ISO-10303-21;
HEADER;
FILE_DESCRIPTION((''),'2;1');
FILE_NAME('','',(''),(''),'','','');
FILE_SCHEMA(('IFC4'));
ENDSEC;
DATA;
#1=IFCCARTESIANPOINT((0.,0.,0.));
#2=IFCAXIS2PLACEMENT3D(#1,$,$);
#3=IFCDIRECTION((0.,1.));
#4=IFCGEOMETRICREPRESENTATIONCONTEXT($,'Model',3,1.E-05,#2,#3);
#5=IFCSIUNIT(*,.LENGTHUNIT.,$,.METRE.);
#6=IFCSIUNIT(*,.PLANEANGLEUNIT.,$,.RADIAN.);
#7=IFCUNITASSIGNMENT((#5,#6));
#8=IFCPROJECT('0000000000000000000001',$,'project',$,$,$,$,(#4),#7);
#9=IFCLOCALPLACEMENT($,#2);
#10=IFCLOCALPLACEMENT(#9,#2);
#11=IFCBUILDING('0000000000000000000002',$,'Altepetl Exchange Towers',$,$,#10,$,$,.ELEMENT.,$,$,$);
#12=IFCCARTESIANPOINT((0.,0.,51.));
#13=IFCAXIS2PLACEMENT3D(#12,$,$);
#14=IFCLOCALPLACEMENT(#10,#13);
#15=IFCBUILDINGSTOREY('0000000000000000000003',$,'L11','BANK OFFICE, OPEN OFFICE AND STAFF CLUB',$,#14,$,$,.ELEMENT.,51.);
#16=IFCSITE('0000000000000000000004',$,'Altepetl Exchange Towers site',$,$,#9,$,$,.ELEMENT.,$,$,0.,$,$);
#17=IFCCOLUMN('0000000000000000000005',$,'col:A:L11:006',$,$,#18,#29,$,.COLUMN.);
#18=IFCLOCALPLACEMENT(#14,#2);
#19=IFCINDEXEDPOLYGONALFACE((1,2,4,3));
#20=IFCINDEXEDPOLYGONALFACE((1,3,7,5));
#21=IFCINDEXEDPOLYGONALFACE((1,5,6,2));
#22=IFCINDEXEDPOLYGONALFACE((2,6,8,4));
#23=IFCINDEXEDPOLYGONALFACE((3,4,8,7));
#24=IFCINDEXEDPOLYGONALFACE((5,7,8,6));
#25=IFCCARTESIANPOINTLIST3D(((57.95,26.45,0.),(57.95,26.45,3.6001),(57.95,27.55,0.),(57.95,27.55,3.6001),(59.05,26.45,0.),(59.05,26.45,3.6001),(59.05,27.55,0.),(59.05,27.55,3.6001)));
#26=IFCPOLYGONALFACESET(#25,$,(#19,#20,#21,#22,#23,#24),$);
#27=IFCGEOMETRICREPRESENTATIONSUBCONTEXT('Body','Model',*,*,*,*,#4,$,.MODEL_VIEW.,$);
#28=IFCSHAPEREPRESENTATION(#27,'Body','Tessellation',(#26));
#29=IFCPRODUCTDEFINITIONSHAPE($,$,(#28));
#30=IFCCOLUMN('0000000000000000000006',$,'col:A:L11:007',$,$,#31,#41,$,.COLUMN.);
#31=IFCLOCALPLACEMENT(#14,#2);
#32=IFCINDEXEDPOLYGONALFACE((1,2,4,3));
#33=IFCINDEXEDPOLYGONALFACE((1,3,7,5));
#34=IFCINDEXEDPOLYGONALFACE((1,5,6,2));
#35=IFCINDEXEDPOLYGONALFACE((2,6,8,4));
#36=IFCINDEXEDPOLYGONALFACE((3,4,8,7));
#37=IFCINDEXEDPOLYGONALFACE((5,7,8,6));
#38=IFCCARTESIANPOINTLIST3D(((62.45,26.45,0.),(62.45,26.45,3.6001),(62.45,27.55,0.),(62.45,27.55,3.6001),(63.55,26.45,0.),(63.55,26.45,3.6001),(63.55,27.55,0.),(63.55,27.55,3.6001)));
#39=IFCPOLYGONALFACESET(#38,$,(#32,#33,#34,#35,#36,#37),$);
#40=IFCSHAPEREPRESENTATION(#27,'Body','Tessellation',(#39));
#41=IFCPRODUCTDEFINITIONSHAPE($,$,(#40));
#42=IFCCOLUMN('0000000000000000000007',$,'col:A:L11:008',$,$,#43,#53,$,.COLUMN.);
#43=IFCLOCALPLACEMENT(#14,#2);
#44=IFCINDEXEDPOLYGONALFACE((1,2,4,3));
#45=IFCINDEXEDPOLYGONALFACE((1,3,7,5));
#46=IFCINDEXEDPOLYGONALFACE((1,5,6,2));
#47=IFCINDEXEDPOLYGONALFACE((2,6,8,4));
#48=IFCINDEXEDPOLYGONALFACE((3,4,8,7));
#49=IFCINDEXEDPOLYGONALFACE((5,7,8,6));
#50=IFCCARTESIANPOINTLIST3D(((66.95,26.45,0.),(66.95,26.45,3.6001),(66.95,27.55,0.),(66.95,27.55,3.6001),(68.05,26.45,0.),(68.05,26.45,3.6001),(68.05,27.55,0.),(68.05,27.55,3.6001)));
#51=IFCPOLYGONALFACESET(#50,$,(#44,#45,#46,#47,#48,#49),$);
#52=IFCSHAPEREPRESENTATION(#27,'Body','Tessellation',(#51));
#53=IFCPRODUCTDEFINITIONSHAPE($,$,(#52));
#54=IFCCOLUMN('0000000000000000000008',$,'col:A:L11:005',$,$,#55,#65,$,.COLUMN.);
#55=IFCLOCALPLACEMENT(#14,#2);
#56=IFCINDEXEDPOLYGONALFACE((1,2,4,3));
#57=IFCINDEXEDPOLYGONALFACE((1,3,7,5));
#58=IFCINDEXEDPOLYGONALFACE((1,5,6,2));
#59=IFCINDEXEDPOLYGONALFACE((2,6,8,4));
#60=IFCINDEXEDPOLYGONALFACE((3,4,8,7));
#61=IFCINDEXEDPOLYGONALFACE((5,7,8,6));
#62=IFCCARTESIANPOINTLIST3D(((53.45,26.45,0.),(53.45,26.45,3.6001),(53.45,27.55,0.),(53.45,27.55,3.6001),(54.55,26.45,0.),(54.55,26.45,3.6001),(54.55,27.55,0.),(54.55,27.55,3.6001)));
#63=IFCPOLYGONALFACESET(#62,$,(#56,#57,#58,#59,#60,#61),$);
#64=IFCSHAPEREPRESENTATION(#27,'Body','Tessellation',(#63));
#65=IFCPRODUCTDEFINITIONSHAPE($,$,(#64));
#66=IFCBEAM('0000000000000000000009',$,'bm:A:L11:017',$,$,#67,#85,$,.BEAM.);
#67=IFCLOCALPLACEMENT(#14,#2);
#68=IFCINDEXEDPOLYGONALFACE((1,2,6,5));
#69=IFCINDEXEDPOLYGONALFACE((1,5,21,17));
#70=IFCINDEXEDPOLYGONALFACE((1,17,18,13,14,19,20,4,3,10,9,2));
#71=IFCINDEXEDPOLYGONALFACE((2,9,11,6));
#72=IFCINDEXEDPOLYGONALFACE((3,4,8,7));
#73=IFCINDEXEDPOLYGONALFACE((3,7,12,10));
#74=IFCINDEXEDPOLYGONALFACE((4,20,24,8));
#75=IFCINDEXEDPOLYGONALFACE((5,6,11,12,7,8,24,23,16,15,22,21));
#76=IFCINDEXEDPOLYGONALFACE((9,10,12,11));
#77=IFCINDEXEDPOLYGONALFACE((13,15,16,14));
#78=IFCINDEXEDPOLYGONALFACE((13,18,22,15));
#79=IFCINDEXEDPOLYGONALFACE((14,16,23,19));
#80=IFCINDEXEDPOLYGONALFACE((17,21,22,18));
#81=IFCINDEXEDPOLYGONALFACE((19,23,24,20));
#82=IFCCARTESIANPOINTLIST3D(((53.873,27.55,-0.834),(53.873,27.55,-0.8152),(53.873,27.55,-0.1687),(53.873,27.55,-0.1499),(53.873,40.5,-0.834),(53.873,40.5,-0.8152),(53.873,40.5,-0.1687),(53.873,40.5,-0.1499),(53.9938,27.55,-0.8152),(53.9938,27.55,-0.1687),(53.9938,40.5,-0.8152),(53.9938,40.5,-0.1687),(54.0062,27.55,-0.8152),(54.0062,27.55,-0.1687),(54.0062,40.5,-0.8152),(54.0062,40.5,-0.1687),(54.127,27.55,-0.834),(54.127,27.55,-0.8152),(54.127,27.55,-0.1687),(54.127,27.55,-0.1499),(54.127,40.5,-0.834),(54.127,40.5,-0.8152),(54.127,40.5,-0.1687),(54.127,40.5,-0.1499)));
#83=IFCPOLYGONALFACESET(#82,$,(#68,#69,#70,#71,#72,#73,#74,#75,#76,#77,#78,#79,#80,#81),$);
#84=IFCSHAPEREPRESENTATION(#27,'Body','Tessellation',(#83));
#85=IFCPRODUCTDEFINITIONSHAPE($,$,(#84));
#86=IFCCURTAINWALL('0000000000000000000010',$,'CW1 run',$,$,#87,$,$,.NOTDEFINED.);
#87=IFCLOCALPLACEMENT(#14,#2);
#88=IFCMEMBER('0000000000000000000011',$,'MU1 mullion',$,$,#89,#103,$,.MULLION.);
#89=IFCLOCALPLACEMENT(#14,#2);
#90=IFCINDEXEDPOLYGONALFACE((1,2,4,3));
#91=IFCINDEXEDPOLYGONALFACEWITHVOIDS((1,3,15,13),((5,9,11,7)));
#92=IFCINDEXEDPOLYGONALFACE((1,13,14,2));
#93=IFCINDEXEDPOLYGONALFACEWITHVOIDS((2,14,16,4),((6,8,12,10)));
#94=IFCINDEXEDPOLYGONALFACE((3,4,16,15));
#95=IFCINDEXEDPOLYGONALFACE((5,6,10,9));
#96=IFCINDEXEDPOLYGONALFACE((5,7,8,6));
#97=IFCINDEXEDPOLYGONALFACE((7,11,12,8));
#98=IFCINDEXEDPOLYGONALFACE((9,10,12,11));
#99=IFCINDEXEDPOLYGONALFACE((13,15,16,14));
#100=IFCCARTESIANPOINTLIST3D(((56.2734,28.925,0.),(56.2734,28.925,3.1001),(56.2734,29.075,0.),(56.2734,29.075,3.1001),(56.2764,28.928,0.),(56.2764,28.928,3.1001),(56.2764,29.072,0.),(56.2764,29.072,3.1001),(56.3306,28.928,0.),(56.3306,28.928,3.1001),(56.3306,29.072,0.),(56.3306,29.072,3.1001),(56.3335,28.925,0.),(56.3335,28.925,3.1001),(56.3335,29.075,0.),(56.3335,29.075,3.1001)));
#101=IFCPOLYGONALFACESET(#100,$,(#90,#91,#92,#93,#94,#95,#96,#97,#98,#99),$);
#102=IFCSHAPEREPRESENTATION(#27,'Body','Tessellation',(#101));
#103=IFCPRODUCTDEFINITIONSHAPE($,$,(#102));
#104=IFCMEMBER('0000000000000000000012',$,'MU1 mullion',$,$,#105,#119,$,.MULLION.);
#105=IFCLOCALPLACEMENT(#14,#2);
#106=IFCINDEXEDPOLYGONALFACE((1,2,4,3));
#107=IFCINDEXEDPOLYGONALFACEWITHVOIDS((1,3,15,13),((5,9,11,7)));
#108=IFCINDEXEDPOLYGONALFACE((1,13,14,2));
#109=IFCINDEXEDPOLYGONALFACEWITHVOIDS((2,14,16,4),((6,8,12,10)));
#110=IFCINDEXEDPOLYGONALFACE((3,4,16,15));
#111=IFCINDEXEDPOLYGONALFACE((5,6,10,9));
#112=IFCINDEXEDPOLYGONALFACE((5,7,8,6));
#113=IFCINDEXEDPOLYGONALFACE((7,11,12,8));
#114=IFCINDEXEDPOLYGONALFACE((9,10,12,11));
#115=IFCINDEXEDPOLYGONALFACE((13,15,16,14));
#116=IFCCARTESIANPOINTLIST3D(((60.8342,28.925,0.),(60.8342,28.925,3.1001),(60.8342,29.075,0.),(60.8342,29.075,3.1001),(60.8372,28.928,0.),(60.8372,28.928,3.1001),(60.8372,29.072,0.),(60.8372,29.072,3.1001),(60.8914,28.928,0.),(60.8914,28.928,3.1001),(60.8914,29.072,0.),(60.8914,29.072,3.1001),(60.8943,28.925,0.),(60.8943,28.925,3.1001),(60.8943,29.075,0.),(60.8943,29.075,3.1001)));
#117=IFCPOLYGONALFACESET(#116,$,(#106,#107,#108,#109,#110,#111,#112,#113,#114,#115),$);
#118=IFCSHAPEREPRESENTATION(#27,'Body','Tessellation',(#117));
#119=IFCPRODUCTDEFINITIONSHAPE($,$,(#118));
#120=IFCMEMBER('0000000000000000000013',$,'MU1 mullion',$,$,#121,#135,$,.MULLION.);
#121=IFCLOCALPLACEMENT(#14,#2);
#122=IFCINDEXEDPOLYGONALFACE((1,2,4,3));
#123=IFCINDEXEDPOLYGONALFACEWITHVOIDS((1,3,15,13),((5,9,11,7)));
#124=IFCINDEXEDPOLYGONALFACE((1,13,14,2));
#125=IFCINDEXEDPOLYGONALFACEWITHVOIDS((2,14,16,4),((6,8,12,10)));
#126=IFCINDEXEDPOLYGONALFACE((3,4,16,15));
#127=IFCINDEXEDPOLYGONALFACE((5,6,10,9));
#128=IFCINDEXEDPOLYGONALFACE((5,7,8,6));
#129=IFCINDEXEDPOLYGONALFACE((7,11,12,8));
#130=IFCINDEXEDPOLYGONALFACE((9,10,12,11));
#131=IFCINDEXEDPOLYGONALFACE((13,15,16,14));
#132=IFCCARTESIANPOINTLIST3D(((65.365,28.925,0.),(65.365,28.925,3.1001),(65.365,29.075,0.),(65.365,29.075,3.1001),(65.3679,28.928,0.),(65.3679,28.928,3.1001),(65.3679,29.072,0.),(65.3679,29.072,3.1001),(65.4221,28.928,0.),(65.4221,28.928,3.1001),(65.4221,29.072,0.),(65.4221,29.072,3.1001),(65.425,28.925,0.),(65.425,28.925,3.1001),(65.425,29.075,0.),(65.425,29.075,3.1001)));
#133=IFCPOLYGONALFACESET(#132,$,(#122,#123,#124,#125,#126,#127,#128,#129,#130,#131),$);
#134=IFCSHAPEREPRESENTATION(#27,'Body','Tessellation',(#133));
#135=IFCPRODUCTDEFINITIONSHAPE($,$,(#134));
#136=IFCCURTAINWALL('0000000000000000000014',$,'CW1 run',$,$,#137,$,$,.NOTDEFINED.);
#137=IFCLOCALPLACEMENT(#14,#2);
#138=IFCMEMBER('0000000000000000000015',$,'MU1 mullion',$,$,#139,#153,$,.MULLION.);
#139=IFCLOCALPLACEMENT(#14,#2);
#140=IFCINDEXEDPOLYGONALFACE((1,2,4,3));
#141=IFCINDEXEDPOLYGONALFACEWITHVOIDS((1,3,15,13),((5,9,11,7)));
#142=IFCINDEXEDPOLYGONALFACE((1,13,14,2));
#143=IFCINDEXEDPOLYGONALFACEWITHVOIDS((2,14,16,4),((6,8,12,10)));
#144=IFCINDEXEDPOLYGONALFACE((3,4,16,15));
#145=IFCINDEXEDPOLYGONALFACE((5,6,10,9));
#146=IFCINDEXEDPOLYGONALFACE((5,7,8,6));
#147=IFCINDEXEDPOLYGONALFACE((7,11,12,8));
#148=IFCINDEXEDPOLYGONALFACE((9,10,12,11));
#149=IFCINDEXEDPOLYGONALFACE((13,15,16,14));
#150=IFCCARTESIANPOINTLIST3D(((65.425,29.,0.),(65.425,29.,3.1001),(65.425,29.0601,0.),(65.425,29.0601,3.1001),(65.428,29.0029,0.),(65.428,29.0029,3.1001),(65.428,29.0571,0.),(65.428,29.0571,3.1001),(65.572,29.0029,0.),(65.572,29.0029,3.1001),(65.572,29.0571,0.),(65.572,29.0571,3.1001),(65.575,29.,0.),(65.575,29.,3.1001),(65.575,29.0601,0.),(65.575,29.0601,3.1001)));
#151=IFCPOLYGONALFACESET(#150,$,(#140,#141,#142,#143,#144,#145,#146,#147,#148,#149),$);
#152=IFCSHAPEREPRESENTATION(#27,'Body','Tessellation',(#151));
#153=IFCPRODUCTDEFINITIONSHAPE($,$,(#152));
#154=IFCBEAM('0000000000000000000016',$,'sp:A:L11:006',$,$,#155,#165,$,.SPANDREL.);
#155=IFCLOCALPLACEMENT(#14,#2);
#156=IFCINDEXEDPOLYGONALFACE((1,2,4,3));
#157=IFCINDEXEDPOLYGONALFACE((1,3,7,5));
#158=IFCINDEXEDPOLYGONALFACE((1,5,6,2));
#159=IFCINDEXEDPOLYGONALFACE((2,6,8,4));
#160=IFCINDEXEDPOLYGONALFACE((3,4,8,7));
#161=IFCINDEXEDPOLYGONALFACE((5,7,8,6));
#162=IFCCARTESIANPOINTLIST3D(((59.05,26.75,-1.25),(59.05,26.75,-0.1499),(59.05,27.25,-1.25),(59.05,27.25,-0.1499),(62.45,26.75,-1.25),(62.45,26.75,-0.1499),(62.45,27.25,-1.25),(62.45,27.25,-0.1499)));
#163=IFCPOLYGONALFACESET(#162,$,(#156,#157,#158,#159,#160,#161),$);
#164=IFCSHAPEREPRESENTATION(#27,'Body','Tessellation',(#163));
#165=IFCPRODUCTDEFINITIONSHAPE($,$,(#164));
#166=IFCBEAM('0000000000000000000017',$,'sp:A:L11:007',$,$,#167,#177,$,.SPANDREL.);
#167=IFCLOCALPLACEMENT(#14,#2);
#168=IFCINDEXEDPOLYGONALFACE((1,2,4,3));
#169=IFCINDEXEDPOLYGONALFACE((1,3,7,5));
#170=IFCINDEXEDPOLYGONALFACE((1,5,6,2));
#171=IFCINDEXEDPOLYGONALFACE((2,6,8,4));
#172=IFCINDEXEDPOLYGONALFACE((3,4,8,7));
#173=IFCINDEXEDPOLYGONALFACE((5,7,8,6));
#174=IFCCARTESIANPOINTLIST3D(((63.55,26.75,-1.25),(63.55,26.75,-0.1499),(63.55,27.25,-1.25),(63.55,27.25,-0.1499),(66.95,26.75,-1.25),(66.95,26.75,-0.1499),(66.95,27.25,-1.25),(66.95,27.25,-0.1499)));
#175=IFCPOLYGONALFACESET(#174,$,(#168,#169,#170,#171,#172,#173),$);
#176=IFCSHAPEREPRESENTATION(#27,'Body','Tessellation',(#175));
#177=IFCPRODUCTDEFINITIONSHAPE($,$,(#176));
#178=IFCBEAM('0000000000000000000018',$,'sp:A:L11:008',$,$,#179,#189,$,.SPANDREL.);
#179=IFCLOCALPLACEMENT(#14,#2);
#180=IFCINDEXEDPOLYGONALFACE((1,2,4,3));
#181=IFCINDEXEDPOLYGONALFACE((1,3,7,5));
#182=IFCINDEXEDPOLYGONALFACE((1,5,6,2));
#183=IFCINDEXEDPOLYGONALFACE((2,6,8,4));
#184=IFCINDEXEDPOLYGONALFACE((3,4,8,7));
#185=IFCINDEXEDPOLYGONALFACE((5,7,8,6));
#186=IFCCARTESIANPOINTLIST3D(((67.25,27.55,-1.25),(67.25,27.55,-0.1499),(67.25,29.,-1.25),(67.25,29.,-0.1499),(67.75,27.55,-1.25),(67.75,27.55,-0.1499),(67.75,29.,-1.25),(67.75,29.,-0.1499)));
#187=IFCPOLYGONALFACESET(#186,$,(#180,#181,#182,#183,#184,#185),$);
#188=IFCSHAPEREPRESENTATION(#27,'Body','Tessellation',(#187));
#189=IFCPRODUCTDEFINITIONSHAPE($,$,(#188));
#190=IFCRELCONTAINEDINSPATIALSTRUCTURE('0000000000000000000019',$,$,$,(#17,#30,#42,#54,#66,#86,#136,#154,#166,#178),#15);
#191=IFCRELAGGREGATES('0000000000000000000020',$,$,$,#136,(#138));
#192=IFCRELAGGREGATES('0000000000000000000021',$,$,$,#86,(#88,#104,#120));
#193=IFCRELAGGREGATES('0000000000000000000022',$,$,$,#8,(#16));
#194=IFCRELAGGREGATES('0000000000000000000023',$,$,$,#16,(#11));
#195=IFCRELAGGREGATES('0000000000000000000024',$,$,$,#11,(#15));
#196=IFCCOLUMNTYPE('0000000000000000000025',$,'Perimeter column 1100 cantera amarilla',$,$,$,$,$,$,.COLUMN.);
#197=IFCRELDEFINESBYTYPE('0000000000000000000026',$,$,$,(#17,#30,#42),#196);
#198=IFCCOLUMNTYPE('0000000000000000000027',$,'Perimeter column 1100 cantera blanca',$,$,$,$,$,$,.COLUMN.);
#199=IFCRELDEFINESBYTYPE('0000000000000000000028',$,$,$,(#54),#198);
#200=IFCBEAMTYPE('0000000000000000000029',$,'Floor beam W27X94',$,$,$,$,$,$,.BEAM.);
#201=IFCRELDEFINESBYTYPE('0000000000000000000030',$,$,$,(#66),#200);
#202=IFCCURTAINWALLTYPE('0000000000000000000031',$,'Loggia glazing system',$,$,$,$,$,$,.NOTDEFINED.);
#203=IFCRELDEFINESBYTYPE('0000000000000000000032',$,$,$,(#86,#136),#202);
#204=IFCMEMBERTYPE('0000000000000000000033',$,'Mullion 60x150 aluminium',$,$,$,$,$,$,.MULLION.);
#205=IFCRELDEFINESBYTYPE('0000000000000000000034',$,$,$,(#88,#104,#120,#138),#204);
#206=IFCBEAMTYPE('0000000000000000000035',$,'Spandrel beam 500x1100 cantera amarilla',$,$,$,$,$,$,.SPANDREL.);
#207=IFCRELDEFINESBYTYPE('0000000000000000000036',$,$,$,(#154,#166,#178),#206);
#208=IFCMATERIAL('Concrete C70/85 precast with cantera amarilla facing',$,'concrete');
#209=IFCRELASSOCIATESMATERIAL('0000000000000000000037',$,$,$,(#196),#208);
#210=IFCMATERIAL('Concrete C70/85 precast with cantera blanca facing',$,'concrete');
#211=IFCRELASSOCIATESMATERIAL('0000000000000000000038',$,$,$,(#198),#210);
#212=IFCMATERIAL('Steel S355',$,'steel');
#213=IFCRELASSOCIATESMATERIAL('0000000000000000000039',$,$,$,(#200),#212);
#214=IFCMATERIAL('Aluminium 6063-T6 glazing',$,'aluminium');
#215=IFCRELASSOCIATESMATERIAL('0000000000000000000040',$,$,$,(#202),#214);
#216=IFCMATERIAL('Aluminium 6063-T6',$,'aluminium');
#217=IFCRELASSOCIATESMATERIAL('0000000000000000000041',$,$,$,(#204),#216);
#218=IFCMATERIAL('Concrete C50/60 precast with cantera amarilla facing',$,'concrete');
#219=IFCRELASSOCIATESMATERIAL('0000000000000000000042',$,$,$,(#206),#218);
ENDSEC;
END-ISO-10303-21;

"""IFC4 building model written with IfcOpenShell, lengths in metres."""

from ifc_helpers import new_model, si_unit, direction, frame, origin, origin_2d, place, context, subcontext, project, spatial, rectangle, hollow_rectangle, i_section, extrude, material, material_profile, profile_set, type_object, element, aggregate, save


model = new_model("IFC4")

# Units and contexts
model_context = context("Model", 3, precision=1e-05, world=origin(), true_north=direction((0.0, 1.0)))
body_context = subcontext(model_context, "Body", "Model", "MODEL_VIEW")
ifc_project = project(units=[si_unit("LENGTHUNIT", "METRE"), si_unit("PLANEANGLEUNIT", "RADIAN")], contexts=[model_context])

# Site, building, storey
site_placement = place(None, origin())
site = spatial("IfcSite", under=ifc_project, at=site_placement, Name="Altepetl Exchange Towers site", CompositionType="ELEMENT", RefElevation=0.0)
building_placement = place(site_placement, origin())
building = spatial("IfcBuilding", under=site, at=building_placement, Name="Altepetl Exchange Towers", CompositionType="ELEMENT")
storey_placement = place(building_placement, frame((0.0, 0.0, 51.0)))
storey = spatial("IfcBuildingStorey", under=building, at=storey_placement, Name="L11", Description="BANK OFFICE, OPEN OFFICE AND STAFF CLUB", CompositionType="ELEMENT", Elevation=51.0)

# Columns
ifc_material_1 = material(Name="Concrete C70/85 precast with cantera amarilla facing", Category="concrete")
ifc_material_profile_1 = material_profile(ifc_material_1, rectangle(XDim=1.1001, YDim=1.1001, at=origin_2d()), Name="1100 x 1100")
ifc_profile_set_1 = profile_set([ifc_material_profile_1], Name="Concrete C70/85 precast with cantera amarilla facing")
column_type_1 = type_object("IfcColumnType", Name="Perimeter column 1100 cantera amarilla", PredefinedType="COLUMN", material=ifc_profile_set_1)
for number, where, name in (
    (1, (58.5, 27.0, 0.0), "col:A:L11:006"),
    (2, (63.0, 27.0, 0.0), "col:A:L11:007"),
    (3, (67.5, 27.0, 0.0), "col:A:L11:008"),
):
    element("IfcColumn", number, at=place(storey_placement, frame(where)), inside=storey, type_object=column_type_1, Name=name, PredefinedType="COLUMN", context=body_context, shape_type="SweptSolid", body=[
        extrude(rectangle(XDim=1.1001, YDim=1.1001, at=origin_2d()), origin(), (0.0, 0.0, 1.0), 3.6001),
    ])
ifc_material_2 = material(Name="Concrete C70/85 precast with cantera blanca facing", Category="concrete")
ifc_material_profile_2 = material_profile(ifc_material_2, rectangle(XDim=1.1001, YDim=1.1001, at=origin_2d()), Name="1100 x 1100")
ifc_profile_set_2 = profile_set([ifc_material_profile_2], Name="Concrete C70/85 precast with cantera blanca facing")
column_type_2 = type_object("IfcColumnType", Name="Perimeter column 1100 cantera blanca", PredefinedType="COLUMN", material=ifc_profile_set_2)
column_placement = place(storey_placement, frame((54.0, 27.0, 0.0)))
element("IfcColumn", 4, at=column_placement, inside=storey, type_object=column_type_2, Name="col:A:L11:005", PredefinedType="COLUMN", context=body_context, shape_type="SweptSolid", body=[
    extrude(rectangle(XDim=1.1001, YDim=1.1001, at=origin_2d()), origin(), (0.0, 0.0, 1.0), 3.6001),
])

# Beam
ifc_material_3 = material(Name="Steel S355", Category="steel")
ifc_material_profile_3 = material_profile(ifc_material_3, i_section(OverallWidth=0.2539, OverallDepth=0.6841, WebThickness=0.0125, FlangeThickness=0.0188, at=origin_2d()), Name="W27X94")
ifc_profile_set_3 = profile_set([ifc_material_profile_3], Name="Steel S355")
beam_type_1 = type_object("IfcBeamType", Name="Floor beam W27X94", PredefinedType="BEAM", material=ifc_profile_set_3)
beam_1_placement = place(storey_placement, frame((54.0, 27.55, -0.4919), z_axis=(0.0, 1.0, 0.0), x_axis=(-1.0, 0.0, 0.0)))
element("IfcBeam", 5, at=beam_1_placement, inside=storey, type_object=beam_type_1, Name="bm:A:L11:017", PredefinedType="BEAM", context=body_context, shape_type="SweptSolid", body=[
    extrude(i_section(OverallWidth=0.2539, OverallDepth=0.6841, WebThickness=0.0125, FlangeThickness=0.0188, at=origin_2d()), origin(), (0.0, 0.0, 1.0), 12.95),
])

# Curtain wall, members
ifc_material_4 = material(Name="Aluminium 6063-T6 glazing", Category="aluminium")
curtain_wall_type = type_object("IfcCurtainWallType", Name="Loggia glazing system", PredefinedType="NOTDEFINED", material=ifc_material_4)
curtain_wall_1_placement = place(storey_placement, origin())
curtain_wall_1 = element("IfcCurtainWall", 6, at=curtain_wall_1_placement, inside=storey, type_object=curtain_wall_type, Name="CW1 run", PredefinedType="NOTDEFINED")
ifc_material_5 = material(Name="Aluminium 6063-T6", Category="aluminium")
ifc_material_profile_4 = material_profile(ifc_material_5, hollow_rectangle(XDim=0.0601, YDim=0.1499, WallThickness=0.0029, at=origin_2d()), Name="Mullion 60x150 aluminium")
ifc_profile_set_4 = profile_set([ifc_material_profile_4], Name="Aluminium 6063-T6")
member_type = type_object("IfcMemberType", Name="Mullion 60x150 aluminium", PredefinedType="MULLION", material=ifc_profile_set_4)
member_1_placement = place(storey_placement, frame((56.3035, 29.0, 0.0)))
member_1 = element("IfcMember", 7, at=member_1_placement, type_object=member_type, Name="MU1 mullion", PredefinedType="MULLION", context=body_context, shape_type="SweptSolid", body=[
    extrude(hollow_rectangle(XDim=0.0601, YDim=0.1499, WallThickness=0.0029, at=origin_2d()), origin(), (0.0, 0.0, 1.0), 3.1001),
])
member_2_placement = place(storey_placement, frame((60.8643, 29.0, 0.0)))
member_2 = element("IfcMember", 8, at=member_2_placement, type_object=member_type, Name="MU1 mullion", PredefinedType="MULLION", context=body_context, shape_type="SweptSolid", body=[
    extrude(hollow_rectangle(XDim=0.0601, YDim=0.1499, WallThickness=0.0029, at=origin_2d()), origin(), (0.0, 0.0, 1.0), 3.1001),
])
member_3_placement = place(storey_placement, frame((65.395, 29.0, 0.0)))
member_3 = element("IfcMember", 9, at=member_3_placement, type_object=member_type, Name="MU1 mullion", PredefinedType="MULLION", context=body_context, shape_type="SweptSolid", body=[
    extrude(hollow_rectangle(XDim=0.0601, YDim=0.1499, WallThickness=0.0029, at=origin_2d()), origin(), (0.0, 0.0, 1.0), 3.1001),
])

# Curtain wall, member
curtain_wall_2_placement = place(storey_placement, origin())
curtain_wall_2 = element("IfcCurtainWall", 10, at=curtain_wall_2_placement, inside=storey, type_object=curtain_wall_type, Name="CW1 run", PredefinedType="NOTDEFINED")
member_4_placement = place(storey_placement, frame((65.5, 29.03, 0.0), z_axis=(0.0, 0.0, 1.0), x_axis=(0.0, 1.0, 0.0)))
member_4 = element("IfcMember", 11, at=member_4_placement, type_object=member_type, Name="MU1 mullion", PredefinedType="MULLION", context=body_context, shape_type="SweptSolid", body=[
    extrude(hollow_rectangle(XDim=0.0601, YDim=0.1499, WallThickness=0.0029, at=origin_2d()), origin(), (0.0, 0.0, 1.0), 3.1001),
])
aggregate(curtain_wall_2, [member_4])

# Beams
ifc_material_6 = material(Name="Concrete C50/60 precast with cantera amarilla facing", Category="concrete")
ifc_material_profile_5 = material_profile(ifc_material_6, rectangle(XDim=0.5, YDim=1.1001, at=origin_2d()), Name="500 x 1100")
ifc_profile_set_5 = profile_set([ifc_material_profile_5], Name="Concrete C50/60 precast with cantera amarilla facing")
beam_type_2 = type_object("IfcBeamType", Name="Spandrel beam 500x1100 cantera amarilla", PredefinedType="SPANDREL", material=ifc_profile_set_5)
for number, where, z_axis, x_axis, name in (
    (12, (59.05, 27.0, -0.7), (1.0, 0.0, 0.0), (0.0, 1.0, 0.0), "sp:A:L11:006"),
    (13, (63.55, 27.0, -0.7), (1.0, 0.0, 0.0), (0.0, 1.0, 0.0), "sp:A:L11:007"),
):
    element("IfcBeam", number, at=place(storey_placement, frame(where, z_axis=z_axis, x_axis=x_axis)), inside=storey, type_object=beam_type_2, Name=name, PredefinedType="SPANDREL", context=body_context, shape_type="SweptSolid", body=[
        extrude(rectangle(XDim=0.5, YDim=1.1001, at=origin_2d()), origin(), (0.0, 0.0, 1.0), 3.3999),
    ])
beam_2_placement = place(storey_placement, frame((67.5, 27.55, -0.7), z_axis=(0.0, 1.0, 0.0), x_axis=(-1.0, 0.0, 0.0)))
element("IfcBeam", 14, at=beam_2_placement, inside=storey, type_object=beam_type_2, Name="sp:A:L11:008", PredefinedType="SPANDREL", context=body_context, shape_type="SweptSolid", body=[
    extrude(rectangle(XDim=0.5, YDim=1.1001, at=origin_2d()), origin(), (0.0, 0.0, 1.0), 1.45),
])

aggregate(curtain_wall_1, [member_1, member_2, member_3])

save(model, "model.ifc")
